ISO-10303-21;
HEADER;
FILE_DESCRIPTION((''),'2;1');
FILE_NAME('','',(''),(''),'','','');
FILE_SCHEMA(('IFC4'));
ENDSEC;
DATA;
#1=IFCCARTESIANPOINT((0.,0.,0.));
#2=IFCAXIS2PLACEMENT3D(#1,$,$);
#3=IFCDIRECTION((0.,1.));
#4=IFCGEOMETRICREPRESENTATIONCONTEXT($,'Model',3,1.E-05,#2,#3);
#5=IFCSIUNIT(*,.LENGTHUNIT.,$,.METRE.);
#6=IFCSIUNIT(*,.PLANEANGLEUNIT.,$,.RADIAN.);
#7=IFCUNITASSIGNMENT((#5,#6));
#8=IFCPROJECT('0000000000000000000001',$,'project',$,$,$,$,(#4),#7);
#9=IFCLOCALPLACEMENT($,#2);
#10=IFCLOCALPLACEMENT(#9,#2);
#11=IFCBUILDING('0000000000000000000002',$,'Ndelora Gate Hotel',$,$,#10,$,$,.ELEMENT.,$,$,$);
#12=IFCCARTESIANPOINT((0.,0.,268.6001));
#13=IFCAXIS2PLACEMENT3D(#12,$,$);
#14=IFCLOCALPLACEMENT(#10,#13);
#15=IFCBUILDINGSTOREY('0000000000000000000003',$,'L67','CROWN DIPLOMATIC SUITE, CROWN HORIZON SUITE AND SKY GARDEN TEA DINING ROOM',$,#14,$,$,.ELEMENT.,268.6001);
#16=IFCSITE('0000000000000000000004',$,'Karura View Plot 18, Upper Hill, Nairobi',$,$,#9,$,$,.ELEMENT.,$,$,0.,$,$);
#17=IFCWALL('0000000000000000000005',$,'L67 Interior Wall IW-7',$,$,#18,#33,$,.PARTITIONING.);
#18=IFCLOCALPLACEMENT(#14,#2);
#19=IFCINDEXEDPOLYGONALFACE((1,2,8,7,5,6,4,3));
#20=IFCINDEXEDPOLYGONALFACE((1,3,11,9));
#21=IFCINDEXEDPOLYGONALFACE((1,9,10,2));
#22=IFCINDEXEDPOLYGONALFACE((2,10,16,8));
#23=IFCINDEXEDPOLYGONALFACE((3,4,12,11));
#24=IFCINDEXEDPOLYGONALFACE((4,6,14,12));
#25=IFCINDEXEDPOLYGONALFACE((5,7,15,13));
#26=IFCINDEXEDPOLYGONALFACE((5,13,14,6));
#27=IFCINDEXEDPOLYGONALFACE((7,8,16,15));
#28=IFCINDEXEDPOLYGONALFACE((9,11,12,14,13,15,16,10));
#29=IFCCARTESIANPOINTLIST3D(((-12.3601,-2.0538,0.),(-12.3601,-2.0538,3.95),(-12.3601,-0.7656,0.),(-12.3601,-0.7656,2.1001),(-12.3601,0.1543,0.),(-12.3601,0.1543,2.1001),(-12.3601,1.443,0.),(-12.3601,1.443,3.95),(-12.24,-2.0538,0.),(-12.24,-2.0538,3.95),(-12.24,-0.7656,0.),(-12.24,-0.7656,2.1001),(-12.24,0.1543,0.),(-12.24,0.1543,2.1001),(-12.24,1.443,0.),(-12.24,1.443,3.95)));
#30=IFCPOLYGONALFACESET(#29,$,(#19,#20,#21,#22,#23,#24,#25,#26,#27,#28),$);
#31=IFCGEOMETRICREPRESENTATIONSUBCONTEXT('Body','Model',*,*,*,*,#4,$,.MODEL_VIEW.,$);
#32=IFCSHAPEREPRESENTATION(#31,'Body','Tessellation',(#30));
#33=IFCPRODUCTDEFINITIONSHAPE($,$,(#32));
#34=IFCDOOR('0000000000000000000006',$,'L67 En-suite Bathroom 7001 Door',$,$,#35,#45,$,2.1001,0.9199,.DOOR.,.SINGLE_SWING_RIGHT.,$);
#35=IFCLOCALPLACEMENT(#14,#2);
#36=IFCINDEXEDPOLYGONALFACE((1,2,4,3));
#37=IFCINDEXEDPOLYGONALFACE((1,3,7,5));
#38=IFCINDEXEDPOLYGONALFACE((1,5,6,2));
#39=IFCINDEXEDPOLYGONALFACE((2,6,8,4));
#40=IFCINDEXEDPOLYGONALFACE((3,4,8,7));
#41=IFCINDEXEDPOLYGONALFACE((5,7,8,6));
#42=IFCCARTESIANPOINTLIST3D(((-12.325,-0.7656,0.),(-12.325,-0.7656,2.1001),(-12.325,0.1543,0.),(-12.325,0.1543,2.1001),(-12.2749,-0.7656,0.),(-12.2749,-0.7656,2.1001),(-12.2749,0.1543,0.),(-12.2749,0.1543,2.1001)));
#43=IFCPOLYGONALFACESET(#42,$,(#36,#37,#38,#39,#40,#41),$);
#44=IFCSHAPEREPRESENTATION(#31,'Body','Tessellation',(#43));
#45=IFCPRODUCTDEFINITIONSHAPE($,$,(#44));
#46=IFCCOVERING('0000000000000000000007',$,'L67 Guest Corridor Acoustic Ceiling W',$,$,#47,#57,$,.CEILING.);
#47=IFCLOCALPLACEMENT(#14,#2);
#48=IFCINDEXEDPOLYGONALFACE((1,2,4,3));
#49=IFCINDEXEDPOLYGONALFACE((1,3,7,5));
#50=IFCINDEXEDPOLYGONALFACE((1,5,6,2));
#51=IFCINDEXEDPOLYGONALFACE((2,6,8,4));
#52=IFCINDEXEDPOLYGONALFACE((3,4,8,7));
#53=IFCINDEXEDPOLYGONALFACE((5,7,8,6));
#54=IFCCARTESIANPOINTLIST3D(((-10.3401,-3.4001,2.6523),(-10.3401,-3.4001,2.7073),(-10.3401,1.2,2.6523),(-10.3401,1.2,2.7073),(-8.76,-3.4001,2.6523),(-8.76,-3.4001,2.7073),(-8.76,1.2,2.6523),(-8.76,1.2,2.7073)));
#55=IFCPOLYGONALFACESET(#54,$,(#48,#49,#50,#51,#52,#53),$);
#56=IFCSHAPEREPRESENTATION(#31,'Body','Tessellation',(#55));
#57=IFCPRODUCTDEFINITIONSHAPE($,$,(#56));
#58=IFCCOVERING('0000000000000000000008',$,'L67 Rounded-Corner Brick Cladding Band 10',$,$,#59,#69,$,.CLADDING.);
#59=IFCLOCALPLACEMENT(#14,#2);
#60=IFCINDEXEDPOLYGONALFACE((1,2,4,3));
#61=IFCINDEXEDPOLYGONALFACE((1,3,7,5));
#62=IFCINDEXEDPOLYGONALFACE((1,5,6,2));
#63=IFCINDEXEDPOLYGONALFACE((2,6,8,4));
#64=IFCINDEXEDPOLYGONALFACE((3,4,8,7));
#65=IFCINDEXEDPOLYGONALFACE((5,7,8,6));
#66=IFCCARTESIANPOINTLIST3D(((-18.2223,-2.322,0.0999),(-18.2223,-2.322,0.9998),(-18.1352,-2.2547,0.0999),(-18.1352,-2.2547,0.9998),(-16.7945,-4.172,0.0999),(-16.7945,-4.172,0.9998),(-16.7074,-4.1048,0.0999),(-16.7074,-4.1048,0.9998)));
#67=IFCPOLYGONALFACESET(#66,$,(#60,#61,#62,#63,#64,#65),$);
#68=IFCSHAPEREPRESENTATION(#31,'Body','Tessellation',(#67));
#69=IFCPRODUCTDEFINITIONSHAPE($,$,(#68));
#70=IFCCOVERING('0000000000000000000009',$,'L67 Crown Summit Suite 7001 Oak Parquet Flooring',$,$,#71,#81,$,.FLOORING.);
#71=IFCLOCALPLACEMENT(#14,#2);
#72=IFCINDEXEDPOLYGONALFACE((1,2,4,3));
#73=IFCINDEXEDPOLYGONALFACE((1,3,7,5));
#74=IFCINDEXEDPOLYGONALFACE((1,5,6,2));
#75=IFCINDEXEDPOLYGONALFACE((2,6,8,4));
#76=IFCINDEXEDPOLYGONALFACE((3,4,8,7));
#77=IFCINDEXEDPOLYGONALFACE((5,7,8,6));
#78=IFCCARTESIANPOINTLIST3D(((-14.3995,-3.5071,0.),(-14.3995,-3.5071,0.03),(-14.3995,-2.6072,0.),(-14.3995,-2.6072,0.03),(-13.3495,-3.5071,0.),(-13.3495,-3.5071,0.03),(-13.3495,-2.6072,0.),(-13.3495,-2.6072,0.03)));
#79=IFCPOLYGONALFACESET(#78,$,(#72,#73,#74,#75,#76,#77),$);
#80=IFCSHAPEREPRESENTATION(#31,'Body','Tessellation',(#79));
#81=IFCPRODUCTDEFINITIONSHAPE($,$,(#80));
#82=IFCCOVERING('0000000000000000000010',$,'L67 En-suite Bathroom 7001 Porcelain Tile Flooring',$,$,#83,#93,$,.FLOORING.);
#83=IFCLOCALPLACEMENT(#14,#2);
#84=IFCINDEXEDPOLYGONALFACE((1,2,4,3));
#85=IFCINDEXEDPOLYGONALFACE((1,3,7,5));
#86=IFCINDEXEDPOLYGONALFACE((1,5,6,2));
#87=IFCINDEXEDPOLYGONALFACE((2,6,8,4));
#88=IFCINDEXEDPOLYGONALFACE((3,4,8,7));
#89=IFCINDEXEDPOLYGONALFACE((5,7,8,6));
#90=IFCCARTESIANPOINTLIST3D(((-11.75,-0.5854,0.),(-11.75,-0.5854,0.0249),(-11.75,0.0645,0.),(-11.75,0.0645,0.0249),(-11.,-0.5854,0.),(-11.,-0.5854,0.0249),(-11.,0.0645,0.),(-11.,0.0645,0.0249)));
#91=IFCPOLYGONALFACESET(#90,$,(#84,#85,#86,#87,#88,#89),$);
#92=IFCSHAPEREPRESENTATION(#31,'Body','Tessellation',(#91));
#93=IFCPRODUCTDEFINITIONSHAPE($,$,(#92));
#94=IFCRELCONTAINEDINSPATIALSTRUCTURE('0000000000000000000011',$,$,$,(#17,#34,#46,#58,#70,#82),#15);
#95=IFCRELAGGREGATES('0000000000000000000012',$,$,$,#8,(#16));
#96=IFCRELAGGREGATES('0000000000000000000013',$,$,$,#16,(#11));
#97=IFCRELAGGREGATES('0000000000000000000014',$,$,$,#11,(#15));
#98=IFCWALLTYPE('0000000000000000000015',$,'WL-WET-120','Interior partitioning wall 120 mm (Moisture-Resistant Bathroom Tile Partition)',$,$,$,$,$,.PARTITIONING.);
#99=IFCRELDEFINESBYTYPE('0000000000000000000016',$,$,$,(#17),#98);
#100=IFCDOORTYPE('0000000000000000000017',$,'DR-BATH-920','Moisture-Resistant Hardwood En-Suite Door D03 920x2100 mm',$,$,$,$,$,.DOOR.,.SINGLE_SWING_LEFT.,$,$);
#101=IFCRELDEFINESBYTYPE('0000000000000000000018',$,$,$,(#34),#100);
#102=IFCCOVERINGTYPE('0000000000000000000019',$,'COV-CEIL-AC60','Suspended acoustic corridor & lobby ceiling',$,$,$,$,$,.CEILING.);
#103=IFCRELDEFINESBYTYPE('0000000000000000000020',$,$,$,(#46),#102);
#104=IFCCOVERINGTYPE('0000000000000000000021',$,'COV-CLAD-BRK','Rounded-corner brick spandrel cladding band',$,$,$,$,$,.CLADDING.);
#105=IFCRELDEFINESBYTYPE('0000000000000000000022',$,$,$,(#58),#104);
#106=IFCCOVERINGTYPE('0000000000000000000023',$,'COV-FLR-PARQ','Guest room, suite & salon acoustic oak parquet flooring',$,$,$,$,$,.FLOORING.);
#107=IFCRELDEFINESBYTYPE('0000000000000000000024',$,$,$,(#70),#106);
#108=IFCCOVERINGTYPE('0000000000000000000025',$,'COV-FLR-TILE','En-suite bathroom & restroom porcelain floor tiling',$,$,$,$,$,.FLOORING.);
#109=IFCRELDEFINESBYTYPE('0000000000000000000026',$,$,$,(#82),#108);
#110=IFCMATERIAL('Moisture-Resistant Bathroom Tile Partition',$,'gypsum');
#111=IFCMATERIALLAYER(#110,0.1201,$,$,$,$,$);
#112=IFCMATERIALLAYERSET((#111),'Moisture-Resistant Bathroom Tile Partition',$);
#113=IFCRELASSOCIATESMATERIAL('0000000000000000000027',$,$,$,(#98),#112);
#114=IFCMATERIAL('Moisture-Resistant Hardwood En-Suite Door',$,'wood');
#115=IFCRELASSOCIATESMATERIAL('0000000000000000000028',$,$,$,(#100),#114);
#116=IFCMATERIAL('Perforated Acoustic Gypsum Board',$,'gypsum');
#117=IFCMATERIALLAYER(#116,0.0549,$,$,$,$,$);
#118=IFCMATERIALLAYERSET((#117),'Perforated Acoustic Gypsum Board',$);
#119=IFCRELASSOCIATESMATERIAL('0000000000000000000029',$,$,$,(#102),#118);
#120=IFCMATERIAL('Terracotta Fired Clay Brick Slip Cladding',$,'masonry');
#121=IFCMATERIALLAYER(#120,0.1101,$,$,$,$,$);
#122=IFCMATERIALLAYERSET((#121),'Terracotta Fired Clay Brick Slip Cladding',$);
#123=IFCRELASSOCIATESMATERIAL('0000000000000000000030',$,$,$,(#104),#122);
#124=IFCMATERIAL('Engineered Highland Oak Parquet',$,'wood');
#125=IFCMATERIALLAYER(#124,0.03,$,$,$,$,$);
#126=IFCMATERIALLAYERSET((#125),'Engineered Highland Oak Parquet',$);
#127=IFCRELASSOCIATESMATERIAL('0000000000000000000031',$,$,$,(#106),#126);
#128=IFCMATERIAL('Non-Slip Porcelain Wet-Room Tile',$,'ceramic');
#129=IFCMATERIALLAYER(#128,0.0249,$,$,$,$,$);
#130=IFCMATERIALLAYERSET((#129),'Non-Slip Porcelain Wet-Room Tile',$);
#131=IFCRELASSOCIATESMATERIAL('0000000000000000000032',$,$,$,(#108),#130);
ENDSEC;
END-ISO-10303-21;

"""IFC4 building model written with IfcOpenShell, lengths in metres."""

from ifc_helpers import new_model, si_unit, direction, frame, frame_2d, origin, origin_2d, place, context, subcontext, project, spatial, rectangle, extrude, material, layer, layer_set, type_object, element, fill, save


model = new_model("IFC4")

# Units and contexts
model_context = context("Model", 3, precision=1e-05, world=origin(), true_north=direction((0.0, 1.0)))
body_context = subcontext(model_context, "Body", "Model", "MODEL_VIEW")
ifc_project = project(units=[si_unit("LENGTHUNIT", "METRE"), si_unit("PLANEANGLEUNIT", "RADIAN")], contexts=[model_context])

# Site, building, storey
site_placement = place(None, origin())
site = spatial("IfcSite", under=ifc_project, at=site_placement, Name="Karura View Plot 18, Upper Hill, Nairobi", CompositionType="ELEMENT", RefElevation=0.0)
building_placement = place(site_placement, origin())
building = spatial("IfcBuilding", under=site, at=building_placement, Name="Ndelora Gate Hotel", CompositionType="ELEMENT")
storey_placement = place(building_placement, frame((0.0, 0.0, 268.6001)))
storey = spatial("IfcBuildingStorey", under=building, at=storey_placement, Name="L67", Description="CROWN DIPLOMATIC SUITE, CROWN HORIZON SUITE AND SKY GARDEN TEA DINING ROOM", CompositionType="ELEMENT", Elevation=268.6001)

# Shared definitions
ifc_material_1 = material(Name="Moisture-Resistant Bathroom Tile Partition", Category="gypsum")
ifc_layer_1 = layer(ifc_material_1, 0.1201)
ifc_layer_set_1 = layer_set([ifc_layer_1], Name="Moisture-Resistant Bathroom Tile Partition")
wall_type_1 = type_object("IfcWallType", Name="WL-WET-120", Description="Interior partitioning wall 120 mm (Moisture-Resistant Bathroom Tile Partition)", PredefinedType="PARTITIONING", material=ifc_layer_set_1)

# Wall, opening, door
wall_1_placement = place(storey_placement, frame((-12.3, -2.054, 0.0), z_axis=(0.0, 0.0, 1.0), x_axis=(0.0, 1.0, 0.0)))
wall_1 = element("IfcWall", 1, at=wall_1_placement, inside=storey, type_object=wall_type_1, Name="L67 Interior Wall IW-7", PredefinedType="PARTITIONING", context=body_context, shape_type="SweptSolid", body=[
    extrude(rectangle(XDim=3.4968, YDim=0.1201, at=frame_2d((1.7485, 0.0))), origin(), (0.0, 0.0, 1.0), 3.95),
])
opening_1_placement = place(wall_1_placement, frame((1.2883, 0.0, 0.0)))
opening_1 = element("IfcOpeningElement", 2, at=opening_1_placement, cuts=wall_1, PredefinedType="OPENING", context=body_context, shape_type="SweptSolid", body=[
    extrude(rectangle(XDim=0.9199, YDim=2.1001, at=frame_2d((0.46, 1.05))), frame((0.0, 0.0701, 0.0), z_axis=(0.0, -1.0, 0.0), x_axis=(1.0, 0.0, 0.0)), (0.0, 0.0, 1.0), 0.1401),
])
ifc_material_2 = material(Name="Moisture-Resistant Hardwood En-Suite Door", Category="wood")
door_type = type_object("IfcDoorType", Name="DR-BATH-920", Description="Moisture-Resistant Hardwood En-Suite Door D03 920x2100 mm", OperationType="SINGLE_SWING_LEFT", PredefinedType="DOOR", material=ifc_material_2)
door_placement = place(opening_1_placement, origin())
door = element("IfcDoor", 3, at=door_placement, inside=storey, type_object=door_type, Name="L67 En-suite Bathroom 7001 Door", OperationType="SINGLE_SWING_RIGHT", OverallHeight=2.1001, OverallWidth=0.9199, PredefinedType="DOOR", context=body_context, shape_type="SweptSolid", body=[
    extrude(rectangle(XDim=0.9199, YDim=2.1001, at=frame_2d((0.46, 1.05))), frame((0.0, 0.0249, 0.0), z_axis=(0.0, -1.0, 0.0), x_axis=(1.0, 0.0, 0.0)), (0.0, 0.0, 1.0), 0.05),
])
fill(opening_1, door)

# Coverings
ifc_material_3 = material(Name="Perforated Acoustic Gypsum Board", Category="gypsum")
ifc_layer_2 = layer(ifc_material_3, 0.0549)
ifc_layer_set_2 = layer_set([ifc_layer_2], Name="Perforated Acoustic Gypsum Board")
covering_type_1 = type_object("IfcCoveringType", Name="COV-CEIL-AC60", Description="Suspended acoustic corridor & lobby ceiling", PredefinedType="CEILING", material=ifc_layer_set_2)
covering_1_placement = place(storey_placement, frame((-9.55, -1.1001, 2.6523), z_axis=(0.0, 0.0, 1.0), x_axis=(1.0, 0.0, 0.0)))
element("IfcCovering", 4, at=covering_1_placement, inside=storey, type_object=covering_type_1, Name="L67 Guest Corridor Acoustic Ceiling W", PredefinedType="CEILING", context=body_context, shape_type="SweptSolid", body=[
    extrude(rectangle(XDim=1.5801, YDim=4.6001, at=origin_2d()), origin(), (0.0, 0.0, 1.0), 0.0549),
])
ifc_material_4 = material(Name="Terracotta Fired Clay Brick Slip Cladding", Category="masonry")
ifc_layer_3 = layer(ifc_material_4, 0.1101)
ifc_layer_set_3 = layer_set([ifc_layer_3], Name="Terracotta Fired Clay Brick Slip Cladding")
covering_type_2 = type_object("IfcCoveringType", Name="COV-CLAD-BRK", Description="Rounded-corner brick spandrel cladding band", PredefinedType="CLADDING", material=ifc_layer_set_3)
covering_2_placement = place(storey_placement, frame((-17.4648, -3.2134, 0.0999), z_axis=(0.0, 0.0, 1.0), x_axis=(-0.610975, 0.79165, 0.0)))
element("IfcCovering", 5, at=covering_2_placement, inside=storey, type_object=covering_type_2, Name="L67 Rounded-Corner Brick Cladding Band 10", PredefinedType="CLADDING", context=body_context, shape_type="SweptSolid", body=[
    extrude(rectangle(XDim=2.3369, YDim=0.1101, at=origin_2d()), origin(), (0.0, 0.0, 1.0), 0.8999),
])
ifc_material_5 = material(Name="Engineered Highland Oak Parquet", Category="wood")
ifc_layer_4 = layer(ifc_material_5, 0.03)
ifc_layer_set_4 = layer_set([ifc_layer_4], Name="Engineered Highland Oak Parquet")
covering_type_3 = type_object("IfcCoveringType", Name="COV-FLR-PARQ", Description="Guest room, suite & salon acoustic oak parquet flooring", PredefinedType="FLOORING", material=ifc_layer_set_4)
covering_3_placement = place(storey_placement, frame((-13.8745, -3.0571, 0.0), z_axis=(0.0, 0.0, 1.0), x_axis=(1.0, 0.0, 0.0)))
element("IfcCovering", 6, at=covering_3_placement, inside=storey, type_object=covering_type_3, Name="L67 Crown Summit Suite 7001 Oak Parquet Flooring", PredefinedType="FLOORING", context=body_context, shape_type="SweptSolid", body=[
    extrude(rectangle(XDim=1.05, YDim=0.8999, at=origin_2d()), origin(), (0.0, 0.0, 1.0), 0.03),
])
ifc_material_6 = material(Name="Non-Slip Porcelain Wet-Room Tile", Category="ceramic")
ifc_layer_5 = layer(ifc_material_6, 0.0249)
ifc_layer_set_5 = layer_set([ifc_layer_5], Name="Non-Slip Porcelain Wet-Room Tile")
covering_type_4 = type_object("IfcCoveringType", Name="COV-FLR-TILE", Description="En-suite bathroom & restroom porcelain floor tiling", PredefinedType="FLOORING", material=ifc_layer_set_5)
covering_4_placement = place(storey_placement, frame((-11.375, -0.2605, 0.0), z_axis=(0.0, 0.0, 1.0), x_axis=(1.0, 0.0, 0.0)))
element("IfcCovering", 7, at=covering_4_placement, inside=storey, type_object=covering_type_4, Name="L67 En-suite Bathroom 7001 Porcelain Tile Flooring", PredefinedType="FLOORING", context=body_context, shape_type="SweptSolid", body=[
    extrude(rectangle(XDim=0.75, YDim=0.6499, at=origin_2d()), origin(), (0.0, 0.0, 1.0), 0.0249),
])

save(model, "model.ifc")
